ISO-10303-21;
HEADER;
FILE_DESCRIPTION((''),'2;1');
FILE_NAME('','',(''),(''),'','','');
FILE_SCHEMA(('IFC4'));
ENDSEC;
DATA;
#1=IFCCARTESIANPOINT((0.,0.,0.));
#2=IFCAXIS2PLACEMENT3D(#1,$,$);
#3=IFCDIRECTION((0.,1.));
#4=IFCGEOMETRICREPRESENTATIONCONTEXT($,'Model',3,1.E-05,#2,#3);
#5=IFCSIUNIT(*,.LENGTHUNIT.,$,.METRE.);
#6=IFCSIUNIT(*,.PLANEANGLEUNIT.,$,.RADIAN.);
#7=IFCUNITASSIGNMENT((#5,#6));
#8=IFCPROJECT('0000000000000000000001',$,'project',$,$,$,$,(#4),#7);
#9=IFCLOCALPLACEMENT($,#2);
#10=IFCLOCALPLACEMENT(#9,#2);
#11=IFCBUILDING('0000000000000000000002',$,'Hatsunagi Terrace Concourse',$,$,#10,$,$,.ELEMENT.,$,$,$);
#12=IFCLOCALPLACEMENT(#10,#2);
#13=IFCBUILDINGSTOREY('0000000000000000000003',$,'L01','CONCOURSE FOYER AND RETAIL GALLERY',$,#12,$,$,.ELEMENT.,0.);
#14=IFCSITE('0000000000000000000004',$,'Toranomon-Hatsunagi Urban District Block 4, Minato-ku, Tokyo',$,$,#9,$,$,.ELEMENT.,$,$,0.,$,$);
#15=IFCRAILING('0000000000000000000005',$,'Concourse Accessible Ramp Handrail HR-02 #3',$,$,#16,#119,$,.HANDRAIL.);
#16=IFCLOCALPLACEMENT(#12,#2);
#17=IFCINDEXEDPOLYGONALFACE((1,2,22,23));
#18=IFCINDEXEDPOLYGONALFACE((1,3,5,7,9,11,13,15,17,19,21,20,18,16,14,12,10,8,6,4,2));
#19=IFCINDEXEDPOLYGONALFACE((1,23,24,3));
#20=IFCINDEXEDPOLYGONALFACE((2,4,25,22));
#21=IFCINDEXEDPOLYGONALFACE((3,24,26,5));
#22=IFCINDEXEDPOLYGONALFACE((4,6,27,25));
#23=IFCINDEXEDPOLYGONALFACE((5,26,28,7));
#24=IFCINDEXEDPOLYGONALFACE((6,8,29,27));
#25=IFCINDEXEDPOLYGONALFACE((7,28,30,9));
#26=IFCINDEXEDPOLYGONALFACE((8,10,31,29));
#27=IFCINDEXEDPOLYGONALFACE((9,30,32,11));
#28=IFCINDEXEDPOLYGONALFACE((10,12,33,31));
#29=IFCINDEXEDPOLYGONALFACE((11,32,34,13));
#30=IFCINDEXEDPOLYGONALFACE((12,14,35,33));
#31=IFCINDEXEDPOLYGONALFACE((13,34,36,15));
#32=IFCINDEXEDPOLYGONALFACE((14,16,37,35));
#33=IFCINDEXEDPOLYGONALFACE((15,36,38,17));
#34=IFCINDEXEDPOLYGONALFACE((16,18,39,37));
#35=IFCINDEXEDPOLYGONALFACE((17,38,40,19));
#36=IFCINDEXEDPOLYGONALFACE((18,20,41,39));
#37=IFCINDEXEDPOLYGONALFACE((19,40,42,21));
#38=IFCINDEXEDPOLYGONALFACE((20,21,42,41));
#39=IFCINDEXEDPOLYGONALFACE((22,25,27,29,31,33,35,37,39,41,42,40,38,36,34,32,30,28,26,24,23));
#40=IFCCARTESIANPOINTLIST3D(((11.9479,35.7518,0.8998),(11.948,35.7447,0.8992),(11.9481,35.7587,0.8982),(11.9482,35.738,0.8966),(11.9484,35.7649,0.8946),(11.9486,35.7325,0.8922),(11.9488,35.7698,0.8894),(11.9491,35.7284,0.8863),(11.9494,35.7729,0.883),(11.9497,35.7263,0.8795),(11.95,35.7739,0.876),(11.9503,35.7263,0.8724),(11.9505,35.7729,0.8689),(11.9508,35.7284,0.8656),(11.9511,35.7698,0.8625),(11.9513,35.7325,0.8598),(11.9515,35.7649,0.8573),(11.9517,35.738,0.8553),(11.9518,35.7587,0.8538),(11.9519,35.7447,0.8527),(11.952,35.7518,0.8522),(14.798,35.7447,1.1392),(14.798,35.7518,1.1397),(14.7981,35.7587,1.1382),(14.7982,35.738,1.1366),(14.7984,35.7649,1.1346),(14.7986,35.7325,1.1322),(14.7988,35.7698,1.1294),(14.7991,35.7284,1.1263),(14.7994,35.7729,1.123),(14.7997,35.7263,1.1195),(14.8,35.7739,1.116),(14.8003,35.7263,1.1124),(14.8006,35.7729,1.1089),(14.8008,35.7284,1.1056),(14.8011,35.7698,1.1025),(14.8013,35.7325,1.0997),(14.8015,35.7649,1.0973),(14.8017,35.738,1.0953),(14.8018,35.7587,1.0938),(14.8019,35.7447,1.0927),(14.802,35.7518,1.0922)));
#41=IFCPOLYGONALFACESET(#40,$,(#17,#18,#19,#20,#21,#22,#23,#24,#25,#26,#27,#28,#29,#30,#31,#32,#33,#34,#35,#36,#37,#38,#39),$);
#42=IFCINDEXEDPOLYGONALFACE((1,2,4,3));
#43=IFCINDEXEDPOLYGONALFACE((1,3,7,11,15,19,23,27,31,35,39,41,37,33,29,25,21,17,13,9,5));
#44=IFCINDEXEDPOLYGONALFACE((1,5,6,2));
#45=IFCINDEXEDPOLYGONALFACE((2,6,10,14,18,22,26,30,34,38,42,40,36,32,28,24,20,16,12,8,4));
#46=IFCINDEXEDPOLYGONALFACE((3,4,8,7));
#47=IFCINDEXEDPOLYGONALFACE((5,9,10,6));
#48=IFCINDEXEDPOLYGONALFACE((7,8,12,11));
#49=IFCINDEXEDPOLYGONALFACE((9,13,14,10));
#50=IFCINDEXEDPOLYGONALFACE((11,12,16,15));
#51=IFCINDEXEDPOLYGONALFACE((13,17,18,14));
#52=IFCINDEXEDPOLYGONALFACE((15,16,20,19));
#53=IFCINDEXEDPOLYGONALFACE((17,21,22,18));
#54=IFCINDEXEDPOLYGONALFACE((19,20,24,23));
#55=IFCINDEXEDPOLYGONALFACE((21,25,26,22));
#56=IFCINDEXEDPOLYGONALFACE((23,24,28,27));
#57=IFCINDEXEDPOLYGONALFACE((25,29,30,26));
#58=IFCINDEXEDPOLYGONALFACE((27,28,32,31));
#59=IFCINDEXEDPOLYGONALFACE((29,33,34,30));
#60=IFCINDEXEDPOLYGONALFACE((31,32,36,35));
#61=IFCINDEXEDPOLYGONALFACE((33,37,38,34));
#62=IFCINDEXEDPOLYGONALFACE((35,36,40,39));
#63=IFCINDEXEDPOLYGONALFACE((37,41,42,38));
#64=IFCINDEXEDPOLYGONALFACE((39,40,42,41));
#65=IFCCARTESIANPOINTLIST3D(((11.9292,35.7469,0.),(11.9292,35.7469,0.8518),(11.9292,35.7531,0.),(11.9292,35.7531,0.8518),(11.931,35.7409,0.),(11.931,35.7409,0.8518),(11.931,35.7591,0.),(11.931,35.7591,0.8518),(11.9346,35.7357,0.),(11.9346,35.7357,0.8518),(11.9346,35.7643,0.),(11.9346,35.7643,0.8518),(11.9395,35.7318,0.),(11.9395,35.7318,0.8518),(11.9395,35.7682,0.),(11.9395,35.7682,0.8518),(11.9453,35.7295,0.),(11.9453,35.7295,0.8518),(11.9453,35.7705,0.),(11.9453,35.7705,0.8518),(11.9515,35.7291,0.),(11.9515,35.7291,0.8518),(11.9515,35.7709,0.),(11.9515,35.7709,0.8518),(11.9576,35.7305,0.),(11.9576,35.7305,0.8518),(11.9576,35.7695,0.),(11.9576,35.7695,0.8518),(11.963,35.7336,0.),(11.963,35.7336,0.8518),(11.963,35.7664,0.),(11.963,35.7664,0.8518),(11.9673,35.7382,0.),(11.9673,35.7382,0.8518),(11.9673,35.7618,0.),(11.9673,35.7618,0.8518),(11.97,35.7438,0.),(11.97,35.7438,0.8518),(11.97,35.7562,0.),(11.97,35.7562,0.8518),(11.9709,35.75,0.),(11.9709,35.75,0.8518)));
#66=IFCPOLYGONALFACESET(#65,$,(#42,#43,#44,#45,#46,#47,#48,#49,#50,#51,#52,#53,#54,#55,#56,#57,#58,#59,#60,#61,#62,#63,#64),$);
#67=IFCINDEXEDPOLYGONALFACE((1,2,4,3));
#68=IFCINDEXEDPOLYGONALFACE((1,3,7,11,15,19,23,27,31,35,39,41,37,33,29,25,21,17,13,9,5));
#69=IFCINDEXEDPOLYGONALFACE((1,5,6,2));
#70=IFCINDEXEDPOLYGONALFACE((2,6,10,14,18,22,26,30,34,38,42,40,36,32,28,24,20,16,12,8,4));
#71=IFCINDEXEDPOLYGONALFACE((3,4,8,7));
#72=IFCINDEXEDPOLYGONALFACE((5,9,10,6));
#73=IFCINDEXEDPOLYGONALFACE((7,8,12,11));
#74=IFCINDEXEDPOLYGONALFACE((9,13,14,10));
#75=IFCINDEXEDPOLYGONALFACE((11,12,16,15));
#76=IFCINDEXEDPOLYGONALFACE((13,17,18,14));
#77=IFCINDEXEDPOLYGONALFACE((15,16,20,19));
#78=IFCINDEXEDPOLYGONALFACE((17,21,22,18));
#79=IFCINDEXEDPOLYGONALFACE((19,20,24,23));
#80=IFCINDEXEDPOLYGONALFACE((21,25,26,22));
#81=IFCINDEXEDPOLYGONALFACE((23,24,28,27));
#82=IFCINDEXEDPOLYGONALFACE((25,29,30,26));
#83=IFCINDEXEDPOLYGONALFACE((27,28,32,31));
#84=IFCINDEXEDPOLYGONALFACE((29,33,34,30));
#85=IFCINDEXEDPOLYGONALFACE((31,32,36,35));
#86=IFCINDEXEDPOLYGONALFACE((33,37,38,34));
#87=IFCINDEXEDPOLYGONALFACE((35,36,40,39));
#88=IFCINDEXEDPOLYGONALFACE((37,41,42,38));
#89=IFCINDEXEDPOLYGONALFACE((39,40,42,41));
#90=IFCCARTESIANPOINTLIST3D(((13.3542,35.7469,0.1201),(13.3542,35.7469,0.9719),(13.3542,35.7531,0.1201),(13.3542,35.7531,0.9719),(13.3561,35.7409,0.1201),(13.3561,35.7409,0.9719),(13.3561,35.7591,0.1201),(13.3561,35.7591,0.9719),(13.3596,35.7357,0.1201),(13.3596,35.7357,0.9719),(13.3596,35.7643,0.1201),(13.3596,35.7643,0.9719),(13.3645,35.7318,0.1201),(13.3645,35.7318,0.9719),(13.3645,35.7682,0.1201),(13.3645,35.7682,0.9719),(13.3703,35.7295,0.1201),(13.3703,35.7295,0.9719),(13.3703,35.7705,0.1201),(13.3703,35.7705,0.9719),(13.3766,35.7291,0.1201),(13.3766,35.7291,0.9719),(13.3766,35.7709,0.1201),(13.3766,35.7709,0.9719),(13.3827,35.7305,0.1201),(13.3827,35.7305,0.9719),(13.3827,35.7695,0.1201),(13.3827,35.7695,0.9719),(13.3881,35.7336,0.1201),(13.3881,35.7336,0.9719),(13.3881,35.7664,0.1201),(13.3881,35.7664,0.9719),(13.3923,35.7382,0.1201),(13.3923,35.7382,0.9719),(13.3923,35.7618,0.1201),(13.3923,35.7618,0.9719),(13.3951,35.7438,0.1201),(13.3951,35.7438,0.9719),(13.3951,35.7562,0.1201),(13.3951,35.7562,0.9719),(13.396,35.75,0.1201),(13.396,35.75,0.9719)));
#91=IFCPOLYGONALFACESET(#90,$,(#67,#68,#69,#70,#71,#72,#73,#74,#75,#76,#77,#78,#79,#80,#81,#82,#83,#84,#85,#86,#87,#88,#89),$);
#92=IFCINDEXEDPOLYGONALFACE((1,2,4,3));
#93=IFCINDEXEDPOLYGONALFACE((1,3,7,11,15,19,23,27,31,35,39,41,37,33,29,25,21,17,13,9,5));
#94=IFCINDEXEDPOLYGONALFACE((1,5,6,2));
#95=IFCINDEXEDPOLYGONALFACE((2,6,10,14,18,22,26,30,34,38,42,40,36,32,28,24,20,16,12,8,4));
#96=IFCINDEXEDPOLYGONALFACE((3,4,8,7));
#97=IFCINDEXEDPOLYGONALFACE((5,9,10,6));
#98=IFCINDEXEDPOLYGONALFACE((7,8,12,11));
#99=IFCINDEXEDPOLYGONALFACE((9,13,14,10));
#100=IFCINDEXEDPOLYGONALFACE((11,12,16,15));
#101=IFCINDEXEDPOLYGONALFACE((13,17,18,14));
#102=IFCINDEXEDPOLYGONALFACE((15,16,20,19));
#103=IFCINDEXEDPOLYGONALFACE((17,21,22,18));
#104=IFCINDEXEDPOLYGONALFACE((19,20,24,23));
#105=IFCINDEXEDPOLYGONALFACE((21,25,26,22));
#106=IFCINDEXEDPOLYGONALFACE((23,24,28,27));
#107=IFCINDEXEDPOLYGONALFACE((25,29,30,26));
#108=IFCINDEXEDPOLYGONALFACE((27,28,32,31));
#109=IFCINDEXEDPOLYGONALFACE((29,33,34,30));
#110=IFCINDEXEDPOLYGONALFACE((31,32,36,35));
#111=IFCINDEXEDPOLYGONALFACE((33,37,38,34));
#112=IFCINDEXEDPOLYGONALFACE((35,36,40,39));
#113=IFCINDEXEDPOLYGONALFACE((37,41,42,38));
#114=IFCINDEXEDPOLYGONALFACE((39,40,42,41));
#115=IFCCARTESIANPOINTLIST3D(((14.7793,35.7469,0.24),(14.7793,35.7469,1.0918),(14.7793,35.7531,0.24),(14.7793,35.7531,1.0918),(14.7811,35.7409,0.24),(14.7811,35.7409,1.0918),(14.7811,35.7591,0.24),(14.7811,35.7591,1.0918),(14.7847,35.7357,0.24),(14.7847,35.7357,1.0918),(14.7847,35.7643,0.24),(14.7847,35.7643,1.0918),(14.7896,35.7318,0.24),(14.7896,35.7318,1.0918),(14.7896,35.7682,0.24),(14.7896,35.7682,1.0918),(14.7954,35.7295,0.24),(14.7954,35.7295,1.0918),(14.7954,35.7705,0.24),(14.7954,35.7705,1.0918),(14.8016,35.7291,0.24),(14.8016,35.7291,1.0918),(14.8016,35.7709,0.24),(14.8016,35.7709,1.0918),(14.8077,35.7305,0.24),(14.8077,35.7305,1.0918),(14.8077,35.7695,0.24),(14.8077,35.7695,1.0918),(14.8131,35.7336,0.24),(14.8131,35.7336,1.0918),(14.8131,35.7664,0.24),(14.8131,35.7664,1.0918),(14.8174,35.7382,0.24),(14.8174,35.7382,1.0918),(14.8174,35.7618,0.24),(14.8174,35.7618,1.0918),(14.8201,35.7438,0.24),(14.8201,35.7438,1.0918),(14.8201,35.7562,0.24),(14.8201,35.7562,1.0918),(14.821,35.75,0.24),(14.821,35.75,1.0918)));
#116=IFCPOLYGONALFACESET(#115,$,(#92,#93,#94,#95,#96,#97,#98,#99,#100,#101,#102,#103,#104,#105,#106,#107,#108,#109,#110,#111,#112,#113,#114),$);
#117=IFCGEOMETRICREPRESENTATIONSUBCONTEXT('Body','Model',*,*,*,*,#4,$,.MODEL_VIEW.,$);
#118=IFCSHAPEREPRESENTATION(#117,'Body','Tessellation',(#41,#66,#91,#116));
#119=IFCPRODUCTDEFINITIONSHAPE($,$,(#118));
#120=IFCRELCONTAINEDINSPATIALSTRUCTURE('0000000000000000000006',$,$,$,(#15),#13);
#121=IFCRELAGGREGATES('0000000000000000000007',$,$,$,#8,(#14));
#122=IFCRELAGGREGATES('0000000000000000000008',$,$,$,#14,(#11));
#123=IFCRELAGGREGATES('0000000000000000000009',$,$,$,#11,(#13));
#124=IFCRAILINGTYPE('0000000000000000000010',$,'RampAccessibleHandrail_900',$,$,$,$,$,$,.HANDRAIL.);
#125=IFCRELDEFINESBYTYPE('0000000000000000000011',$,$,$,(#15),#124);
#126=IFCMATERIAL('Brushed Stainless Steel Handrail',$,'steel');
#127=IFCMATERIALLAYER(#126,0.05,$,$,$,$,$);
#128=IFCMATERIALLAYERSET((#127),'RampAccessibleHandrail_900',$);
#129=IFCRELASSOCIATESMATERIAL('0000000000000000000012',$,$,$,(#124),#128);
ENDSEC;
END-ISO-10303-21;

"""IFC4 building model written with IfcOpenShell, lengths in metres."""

from ifc_helpers import new_model, si_unit, direction, frame, origin, origin_2d, place, context, subcontext, project, spatial, circle, extrude, material, layer, layer_set, type_object, element, save


model = new_model("IFC4")

# Units and contexts
model_context = context("Model", 3, precision=1e-05, world=origin(), true_north=direction((0.0, 1.0)))
body_context = subcontext(model_context, "Body", "Model", "MODEL_VIEW")
ifc_project = project(units=[si_unit("LENGTHUNIT", "METRE"), si_unit("PLANEANGLEUNIT", "RADIAN")], contexts=[model_context])

# Site, building, storey
site_placement = place(None, origin())
site = spatial("IfcSite", under=ifc_project, at=site_placement, Name="Toranomon-Hatsunagi Urban District Block 4, Minato-ku, Tokyo", CompositionType="ELEMENT", RefElevation=0.0)
building_placement = place(site_placement, origin())
building = spatial("IfcBuilding", under=site, at=building_placement, Name="Hatsunagi Terrace Concourse", CompositionType="ELEMENT")
storey_placement = place(building_placement, origin())
storey = spatial("IfcBuildingStorey", under=building, at=storey_placement, Name="L01", Description="CONCOURSE FOYER AND RETAIL GALLERY", CompositionType="ELEMENT", Elevation=0.0)

# Railing
ifc_material_1 = material(Name="Brushed Stainless Steel Handrail", Category="steel")
ifc_layer_1 = layer(ifc_material_1, 0.05)
ifc_layer_set_1 = layer_set([ifc_layer_1], Name="RampAccessibleHandrail_900")
railing_type_1 = type_object("IfcRailingType", Name="RampAccessibleHandrail_900", PredefinedType="HANDRAIL", material=ifc_layer_set_1)
for number, where, name in (
    (1, (11.95, 35.75, 0.0), "Concourse Accessible Ramp Handrail HR-02 #3"),
):
    element("IfcRailing", number, at=place(storey_placement, frame(where)), inside=storey, type_object=railing_type_1, Name=name, PredefinedType="HANDRAIL", context=body_context, shape_type="SweptSolid", body=[
        extrude(circle(Radius=0.0239, at=origin_2d()), frame((0.0, 0.0, 0.876), z_axis=(0.996474, 0.0, 0.083907), x_axis=(0.0, 1.0, 0.0)), (0.0, 0.0, 1.0), 2.8601),
        extrude(circle(Radius=0.021, at=origin_2d()), origin(), (0.0, 0.0, 1.0), 0.8518),
        extrude(circle(Radius=0.021, at=origin_2d()), frame((1.425, 0.0, 0.1201)), (0.0, 0.0, 1.0), 0.8518),
        extrude(circle(Radius=0.021, at=origin_2d()), frame((2.8501, 0.0, 0.24)), (0.0, 0.0, 1.0), 0.8518),
    ])

save(model, "model.ifc")
